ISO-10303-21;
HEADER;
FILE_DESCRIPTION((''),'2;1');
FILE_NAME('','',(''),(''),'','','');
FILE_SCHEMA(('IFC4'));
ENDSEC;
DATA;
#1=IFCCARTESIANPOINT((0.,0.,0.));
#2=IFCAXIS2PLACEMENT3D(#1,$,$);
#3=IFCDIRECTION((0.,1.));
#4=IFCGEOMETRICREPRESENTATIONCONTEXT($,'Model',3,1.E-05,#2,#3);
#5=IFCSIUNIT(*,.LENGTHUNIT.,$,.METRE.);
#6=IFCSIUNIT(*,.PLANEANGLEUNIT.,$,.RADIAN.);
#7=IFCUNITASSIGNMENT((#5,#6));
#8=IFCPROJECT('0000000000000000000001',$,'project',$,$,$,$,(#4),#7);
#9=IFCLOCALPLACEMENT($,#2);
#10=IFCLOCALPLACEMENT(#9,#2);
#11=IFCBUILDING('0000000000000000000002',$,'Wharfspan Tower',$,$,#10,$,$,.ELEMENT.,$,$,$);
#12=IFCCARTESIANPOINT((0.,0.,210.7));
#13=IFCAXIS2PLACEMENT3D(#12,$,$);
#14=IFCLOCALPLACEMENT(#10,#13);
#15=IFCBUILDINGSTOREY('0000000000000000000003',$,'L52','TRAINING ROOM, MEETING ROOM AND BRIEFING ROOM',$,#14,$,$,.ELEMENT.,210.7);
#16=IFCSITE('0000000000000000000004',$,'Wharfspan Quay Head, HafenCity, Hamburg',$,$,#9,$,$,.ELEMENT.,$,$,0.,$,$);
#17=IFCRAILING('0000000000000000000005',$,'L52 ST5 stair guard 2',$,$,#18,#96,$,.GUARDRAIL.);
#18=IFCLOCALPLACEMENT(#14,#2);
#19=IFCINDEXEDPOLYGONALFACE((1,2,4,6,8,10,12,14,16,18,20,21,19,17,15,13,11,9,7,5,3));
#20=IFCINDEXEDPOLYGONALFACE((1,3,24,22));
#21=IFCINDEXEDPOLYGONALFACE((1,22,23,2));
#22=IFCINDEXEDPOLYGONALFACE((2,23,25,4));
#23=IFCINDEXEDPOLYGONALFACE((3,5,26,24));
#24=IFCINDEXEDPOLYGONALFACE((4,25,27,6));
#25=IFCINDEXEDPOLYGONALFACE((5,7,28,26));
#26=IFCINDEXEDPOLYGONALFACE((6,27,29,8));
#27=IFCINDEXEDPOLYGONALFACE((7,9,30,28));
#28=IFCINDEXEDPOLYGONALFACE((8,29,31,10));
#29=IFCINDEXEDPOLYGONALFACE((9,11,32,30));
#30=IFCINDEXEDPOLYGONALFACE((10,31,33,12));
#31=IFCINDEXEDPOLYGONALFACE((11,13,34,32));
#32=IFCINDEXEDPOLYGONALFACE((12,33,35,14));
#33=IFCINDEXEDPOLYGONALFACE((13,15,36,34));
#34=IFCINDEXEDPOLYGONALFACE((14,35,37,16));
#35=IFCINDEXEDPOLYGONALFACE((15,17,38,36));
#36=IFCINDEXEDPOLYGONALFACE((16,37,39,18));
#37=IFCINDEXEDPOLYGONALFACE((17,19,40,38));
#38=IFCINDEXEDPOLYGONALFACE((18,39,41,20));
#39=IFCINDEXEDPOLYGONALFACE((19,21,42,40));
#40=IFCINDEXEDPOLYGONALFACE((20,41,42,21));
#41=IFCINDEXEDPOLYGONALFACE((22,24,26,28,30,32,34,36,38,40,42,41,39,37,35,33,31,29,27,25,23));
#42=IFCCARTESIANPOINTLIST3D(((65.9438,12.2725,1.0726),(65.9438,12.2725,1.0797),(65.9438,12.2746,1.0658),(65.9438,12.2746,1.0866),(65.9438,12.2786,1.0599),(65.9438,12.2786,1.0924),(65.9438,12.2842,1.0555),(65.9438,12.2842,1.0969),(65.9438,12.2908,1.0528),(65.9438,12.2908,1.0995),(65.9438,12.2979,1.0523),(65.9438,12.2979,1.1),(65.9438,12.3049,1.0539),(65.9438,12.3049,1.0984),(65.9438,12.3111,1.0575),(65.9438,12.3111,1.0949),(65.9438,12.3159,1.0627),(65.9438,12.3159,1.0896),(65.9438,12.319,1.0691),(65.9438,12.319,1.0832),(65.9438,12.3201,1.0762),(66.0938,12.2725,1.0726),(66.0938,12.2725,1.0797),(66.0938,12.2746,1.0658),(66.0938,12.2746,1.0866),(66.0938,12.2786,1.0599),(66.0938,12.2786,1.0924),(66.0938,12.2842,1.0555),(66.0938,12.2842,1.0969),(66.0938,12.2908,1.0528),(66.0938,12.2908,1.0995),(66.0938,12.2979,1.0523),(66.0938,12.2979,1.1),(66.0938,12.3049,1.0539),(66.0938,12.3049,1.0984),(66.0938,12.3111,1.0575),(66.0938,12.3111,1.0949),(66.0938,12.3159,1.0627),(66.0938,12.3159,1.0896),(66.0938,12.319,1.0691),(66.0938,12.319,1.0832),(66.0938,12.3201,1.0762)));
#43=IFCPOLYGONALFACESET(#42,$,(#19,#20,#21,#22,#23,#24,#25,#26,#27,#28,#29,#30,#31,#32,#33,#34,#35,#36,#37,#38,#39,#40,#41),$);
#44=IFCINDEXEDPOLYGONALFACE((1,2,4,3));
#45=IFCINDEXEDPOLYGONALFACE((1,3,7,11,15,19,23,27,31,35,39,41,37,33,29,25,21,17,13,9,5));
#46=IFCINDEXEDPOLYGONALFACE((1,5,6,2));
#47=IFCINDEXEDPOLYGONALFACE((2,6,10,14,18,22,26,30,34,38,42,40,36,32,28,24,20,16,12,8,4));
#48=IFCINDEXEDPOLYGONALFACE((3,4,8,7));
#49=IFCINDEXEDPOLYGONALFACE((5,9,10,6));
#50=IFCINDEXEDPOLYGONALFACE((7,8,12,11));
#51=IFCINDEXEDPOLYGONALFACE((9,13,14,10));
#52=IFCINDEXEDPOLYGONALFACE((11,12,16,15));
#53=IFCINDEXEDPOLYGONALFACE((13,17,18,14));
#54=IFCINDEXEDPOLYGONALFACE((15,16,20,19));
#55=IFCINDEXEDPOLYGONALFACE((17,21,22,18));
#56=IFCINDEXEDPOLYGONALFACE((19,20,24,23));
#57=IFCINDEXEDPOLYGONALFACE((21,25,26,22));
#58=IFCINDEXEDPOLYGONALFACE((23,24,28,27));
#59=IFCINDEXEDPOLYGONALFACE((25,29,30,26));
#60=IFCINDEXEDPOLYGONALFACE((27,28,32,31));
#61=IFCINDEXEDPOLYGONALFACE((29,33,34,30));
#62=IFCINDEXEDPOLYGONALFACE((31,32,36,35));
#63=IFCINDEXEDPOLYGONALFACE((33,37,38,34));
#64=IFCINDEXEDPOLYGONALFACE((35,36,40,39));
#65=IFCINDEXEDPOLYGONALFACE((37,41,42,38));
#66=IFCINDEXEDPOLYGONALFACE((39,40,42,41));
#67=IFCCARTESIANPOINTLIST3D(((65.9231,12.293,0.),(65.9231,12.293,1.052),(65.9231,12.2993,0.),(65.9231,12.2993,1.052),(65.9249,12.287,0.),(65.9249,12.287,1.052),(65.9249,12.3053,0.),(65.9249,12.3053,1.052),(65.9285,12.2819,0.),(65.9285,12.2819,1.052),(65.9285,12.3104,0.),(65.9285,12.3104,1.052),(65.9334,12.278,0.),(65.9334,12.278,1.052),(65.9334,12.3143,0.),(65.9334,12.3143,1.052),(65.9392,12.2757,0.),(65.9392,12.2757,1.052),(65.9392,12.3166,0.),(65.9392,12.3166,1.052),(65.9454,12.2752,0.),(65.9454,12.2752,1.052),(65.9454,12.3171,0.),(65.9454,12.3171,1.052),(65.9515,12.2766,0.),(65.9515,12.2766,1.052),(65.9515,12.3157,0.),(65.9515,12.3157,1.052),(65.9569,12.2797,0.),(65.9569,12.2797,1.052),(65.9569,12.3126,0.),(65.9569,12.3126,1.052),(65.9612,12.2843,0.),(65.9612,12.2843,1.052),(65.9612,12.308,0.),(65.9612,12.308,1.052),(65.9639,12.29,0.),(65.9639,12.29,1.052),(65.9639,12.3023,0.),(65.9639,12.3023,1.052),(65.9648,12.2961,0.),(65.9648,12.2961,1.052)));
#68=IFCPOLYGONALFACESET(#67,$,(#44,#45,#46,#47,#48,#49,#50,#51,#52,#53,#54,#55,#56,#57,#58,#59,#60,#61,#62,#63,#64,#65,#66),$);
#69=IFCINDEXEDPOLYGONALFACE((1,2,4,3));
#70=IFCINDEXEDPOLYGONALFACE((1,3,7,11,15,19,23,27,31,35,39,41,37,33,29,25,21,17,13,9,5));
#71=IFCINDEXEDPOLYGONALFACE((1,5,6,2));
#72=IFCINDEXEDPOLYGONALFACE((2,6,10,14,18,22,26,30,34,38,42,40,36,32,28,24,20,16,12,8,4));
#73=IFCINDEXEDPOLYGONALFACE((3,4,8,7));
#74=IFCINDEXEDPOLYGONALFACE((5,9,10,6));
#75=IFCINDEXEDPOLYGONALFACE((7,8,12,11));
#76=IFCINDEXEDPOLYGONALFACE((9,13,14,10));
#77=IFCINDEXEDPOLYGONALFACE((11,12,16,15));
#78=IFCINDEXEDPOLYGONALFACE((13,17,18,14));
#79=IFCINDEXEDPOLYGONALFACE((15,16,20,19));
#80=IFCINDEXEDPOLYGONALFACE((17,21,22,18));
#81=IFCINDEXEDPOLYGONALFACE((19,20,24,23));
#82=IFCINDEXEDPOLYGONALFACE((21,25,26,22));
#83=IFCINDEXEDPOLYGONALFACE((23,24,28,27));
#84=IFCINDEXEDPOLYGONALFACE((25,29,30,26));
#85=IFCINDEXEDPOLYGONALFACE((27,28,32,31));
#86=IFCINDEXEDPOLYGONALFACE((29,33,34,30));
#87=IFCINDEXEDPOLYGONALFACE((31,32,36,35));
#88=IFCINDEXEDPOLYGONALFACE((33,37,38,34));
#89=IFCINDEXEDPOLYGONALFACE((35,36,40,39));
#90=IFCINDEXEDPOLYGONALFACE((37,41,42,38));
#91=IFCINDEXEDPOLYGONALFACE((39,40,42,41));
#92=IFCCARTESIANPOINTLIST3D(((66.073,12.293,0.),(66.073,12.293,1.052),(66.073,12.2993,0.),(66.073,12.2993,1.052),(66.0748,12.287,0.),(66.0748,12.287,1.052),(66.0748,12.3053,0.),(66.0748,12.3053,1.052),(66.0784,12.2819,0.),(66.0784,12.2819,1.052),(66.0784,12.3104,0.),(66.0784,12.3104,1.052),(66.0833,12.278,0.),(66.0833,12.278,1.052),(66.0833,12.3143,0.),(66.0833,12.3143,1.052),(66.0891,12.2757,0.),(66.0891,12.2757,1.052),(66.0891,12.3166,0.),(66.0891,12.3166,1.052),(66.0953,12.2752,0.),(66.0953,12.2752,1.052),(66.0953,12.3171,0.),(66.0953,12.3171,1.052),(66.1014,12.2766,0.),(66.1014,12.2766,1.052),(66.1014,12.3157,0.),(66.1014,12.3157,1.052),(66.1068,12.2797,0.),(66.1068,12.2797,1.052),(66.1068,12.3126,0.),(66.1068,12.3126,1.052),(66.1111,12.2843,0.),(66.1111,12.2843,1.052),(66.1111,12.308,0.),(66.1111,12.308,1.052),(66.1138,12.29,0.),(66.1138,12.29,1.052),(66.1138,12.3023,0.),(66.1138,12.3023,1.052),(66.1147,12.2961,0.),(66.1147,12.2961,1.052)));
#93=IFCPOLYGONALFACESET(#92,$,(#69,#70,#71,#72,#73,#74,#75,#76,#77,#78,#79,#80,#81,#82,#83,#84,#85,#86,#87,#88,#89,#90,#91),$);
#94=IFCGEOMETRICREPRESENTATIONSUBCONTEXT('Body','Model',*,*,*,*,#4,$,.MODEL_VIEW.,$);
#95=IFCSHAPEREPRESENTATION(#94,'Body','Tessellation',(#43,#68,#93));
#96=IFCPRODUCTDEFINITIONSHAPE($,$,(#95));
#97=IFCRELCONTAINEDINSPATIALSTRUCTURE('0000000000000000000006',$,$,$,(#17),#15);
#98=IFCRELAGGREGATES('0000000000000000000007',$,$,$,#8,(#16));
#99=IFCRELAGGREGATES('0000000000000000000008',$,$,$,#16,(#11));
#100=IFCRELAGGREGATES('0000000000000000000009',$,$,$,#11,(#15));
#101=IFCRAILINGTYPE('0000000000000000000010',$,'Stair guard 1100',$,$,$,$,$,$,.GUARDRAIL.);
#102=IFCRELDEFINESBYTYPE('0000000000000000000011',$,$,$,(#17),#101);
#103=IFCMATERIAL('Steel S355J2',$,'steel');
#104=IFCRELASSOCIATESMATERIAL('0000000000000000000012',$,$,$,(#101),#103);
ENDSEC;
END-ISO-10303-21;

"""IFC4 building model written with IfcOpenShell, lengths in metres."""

from ifc_helpers import new_model, si_unit, direction, frame, origin, origin_2d, place, context, subcontext, project, spatial, circle, extrude, material, type_object, element, save


model = new_model("IFC4")

# Units and contexts
model_context = context("Model", 3, precision=1e-05, world=origin(), true_north=direction((0.0, 1.0)))
body_context = subcontext(model_context, "Body", "Model", "MODEL_VIEW")
ifc_project = project(units=[si_unit("LENGTHUNIT", "METRE"), si_unit("PLANEANGLEUNIT", "RADIAN")], contexts=[model_context])

# Site, building, storey
site_placement = place(None, origin())
site = spatial("IfcSite", under=ifc_project, at=site_placement, Name="Wharfspan Quay Head, HafenCity, Hamburg", CompositionType="ELEMENT", RefElevation=0.0)
building_placement = place(site_placement, origin())
building = spatial("IfcBuilding", under=site, at=building_placement, Name="Wharfspan Tower", CompositionType="ELEMENT")
storey_placement = place(building_placement, frame((0.0, 0.0, 210.7)))
storey = spatial("IfcBuildingStorey", under=building, at=storey_placement, Name="L52", Description="TRAINING ROOM, MEETING ROOM AND BRIEFING ROOM", CompositionType="ELEMENT", Elevation=210.7)

# Shared definitions
ifc_material_1 = material(Name="Steel S355J2", Category="steel")

# Railing
railing_type_1 = type_object("IfcRailingType", Name="Stair guard 1100", PredefinedType="GUARDRAIL", material=ifc_material_1)
railing_1_placement = place(storey_placement, frame((65.9438, 12.2961, 0.0)))
element("IfcRailing", 1, at=railing_1_placement, inside=storey, type_object=railing_type_1, Name="L52 ST5 stair guard 2", PredefinedType="GUARDRAIL", context=body_context, shape_type="SweptSolid", body=[
    extrude(circle(Radius=0.0239, at=origin_2d()), frame((0.0, 0.0, 1.0762), z_axis=(1.0, 0.0, 0.0), x_axis=(0.0, 1.0, 0.0)), (0.0, 0.0, 1.0), 0.1499),
    extrude(circle(Radius=0.021, at=origin_2d()), origin(), (0.0, 0.0, 1.0), 1.052),
    extrude(circle(Radius=0.021, at=origin_2d()), frame((0.1499, 0.0, 0.0)), (0.0, 0.0, 1.0), 1.052),
])

save(model, "model.ifc")
